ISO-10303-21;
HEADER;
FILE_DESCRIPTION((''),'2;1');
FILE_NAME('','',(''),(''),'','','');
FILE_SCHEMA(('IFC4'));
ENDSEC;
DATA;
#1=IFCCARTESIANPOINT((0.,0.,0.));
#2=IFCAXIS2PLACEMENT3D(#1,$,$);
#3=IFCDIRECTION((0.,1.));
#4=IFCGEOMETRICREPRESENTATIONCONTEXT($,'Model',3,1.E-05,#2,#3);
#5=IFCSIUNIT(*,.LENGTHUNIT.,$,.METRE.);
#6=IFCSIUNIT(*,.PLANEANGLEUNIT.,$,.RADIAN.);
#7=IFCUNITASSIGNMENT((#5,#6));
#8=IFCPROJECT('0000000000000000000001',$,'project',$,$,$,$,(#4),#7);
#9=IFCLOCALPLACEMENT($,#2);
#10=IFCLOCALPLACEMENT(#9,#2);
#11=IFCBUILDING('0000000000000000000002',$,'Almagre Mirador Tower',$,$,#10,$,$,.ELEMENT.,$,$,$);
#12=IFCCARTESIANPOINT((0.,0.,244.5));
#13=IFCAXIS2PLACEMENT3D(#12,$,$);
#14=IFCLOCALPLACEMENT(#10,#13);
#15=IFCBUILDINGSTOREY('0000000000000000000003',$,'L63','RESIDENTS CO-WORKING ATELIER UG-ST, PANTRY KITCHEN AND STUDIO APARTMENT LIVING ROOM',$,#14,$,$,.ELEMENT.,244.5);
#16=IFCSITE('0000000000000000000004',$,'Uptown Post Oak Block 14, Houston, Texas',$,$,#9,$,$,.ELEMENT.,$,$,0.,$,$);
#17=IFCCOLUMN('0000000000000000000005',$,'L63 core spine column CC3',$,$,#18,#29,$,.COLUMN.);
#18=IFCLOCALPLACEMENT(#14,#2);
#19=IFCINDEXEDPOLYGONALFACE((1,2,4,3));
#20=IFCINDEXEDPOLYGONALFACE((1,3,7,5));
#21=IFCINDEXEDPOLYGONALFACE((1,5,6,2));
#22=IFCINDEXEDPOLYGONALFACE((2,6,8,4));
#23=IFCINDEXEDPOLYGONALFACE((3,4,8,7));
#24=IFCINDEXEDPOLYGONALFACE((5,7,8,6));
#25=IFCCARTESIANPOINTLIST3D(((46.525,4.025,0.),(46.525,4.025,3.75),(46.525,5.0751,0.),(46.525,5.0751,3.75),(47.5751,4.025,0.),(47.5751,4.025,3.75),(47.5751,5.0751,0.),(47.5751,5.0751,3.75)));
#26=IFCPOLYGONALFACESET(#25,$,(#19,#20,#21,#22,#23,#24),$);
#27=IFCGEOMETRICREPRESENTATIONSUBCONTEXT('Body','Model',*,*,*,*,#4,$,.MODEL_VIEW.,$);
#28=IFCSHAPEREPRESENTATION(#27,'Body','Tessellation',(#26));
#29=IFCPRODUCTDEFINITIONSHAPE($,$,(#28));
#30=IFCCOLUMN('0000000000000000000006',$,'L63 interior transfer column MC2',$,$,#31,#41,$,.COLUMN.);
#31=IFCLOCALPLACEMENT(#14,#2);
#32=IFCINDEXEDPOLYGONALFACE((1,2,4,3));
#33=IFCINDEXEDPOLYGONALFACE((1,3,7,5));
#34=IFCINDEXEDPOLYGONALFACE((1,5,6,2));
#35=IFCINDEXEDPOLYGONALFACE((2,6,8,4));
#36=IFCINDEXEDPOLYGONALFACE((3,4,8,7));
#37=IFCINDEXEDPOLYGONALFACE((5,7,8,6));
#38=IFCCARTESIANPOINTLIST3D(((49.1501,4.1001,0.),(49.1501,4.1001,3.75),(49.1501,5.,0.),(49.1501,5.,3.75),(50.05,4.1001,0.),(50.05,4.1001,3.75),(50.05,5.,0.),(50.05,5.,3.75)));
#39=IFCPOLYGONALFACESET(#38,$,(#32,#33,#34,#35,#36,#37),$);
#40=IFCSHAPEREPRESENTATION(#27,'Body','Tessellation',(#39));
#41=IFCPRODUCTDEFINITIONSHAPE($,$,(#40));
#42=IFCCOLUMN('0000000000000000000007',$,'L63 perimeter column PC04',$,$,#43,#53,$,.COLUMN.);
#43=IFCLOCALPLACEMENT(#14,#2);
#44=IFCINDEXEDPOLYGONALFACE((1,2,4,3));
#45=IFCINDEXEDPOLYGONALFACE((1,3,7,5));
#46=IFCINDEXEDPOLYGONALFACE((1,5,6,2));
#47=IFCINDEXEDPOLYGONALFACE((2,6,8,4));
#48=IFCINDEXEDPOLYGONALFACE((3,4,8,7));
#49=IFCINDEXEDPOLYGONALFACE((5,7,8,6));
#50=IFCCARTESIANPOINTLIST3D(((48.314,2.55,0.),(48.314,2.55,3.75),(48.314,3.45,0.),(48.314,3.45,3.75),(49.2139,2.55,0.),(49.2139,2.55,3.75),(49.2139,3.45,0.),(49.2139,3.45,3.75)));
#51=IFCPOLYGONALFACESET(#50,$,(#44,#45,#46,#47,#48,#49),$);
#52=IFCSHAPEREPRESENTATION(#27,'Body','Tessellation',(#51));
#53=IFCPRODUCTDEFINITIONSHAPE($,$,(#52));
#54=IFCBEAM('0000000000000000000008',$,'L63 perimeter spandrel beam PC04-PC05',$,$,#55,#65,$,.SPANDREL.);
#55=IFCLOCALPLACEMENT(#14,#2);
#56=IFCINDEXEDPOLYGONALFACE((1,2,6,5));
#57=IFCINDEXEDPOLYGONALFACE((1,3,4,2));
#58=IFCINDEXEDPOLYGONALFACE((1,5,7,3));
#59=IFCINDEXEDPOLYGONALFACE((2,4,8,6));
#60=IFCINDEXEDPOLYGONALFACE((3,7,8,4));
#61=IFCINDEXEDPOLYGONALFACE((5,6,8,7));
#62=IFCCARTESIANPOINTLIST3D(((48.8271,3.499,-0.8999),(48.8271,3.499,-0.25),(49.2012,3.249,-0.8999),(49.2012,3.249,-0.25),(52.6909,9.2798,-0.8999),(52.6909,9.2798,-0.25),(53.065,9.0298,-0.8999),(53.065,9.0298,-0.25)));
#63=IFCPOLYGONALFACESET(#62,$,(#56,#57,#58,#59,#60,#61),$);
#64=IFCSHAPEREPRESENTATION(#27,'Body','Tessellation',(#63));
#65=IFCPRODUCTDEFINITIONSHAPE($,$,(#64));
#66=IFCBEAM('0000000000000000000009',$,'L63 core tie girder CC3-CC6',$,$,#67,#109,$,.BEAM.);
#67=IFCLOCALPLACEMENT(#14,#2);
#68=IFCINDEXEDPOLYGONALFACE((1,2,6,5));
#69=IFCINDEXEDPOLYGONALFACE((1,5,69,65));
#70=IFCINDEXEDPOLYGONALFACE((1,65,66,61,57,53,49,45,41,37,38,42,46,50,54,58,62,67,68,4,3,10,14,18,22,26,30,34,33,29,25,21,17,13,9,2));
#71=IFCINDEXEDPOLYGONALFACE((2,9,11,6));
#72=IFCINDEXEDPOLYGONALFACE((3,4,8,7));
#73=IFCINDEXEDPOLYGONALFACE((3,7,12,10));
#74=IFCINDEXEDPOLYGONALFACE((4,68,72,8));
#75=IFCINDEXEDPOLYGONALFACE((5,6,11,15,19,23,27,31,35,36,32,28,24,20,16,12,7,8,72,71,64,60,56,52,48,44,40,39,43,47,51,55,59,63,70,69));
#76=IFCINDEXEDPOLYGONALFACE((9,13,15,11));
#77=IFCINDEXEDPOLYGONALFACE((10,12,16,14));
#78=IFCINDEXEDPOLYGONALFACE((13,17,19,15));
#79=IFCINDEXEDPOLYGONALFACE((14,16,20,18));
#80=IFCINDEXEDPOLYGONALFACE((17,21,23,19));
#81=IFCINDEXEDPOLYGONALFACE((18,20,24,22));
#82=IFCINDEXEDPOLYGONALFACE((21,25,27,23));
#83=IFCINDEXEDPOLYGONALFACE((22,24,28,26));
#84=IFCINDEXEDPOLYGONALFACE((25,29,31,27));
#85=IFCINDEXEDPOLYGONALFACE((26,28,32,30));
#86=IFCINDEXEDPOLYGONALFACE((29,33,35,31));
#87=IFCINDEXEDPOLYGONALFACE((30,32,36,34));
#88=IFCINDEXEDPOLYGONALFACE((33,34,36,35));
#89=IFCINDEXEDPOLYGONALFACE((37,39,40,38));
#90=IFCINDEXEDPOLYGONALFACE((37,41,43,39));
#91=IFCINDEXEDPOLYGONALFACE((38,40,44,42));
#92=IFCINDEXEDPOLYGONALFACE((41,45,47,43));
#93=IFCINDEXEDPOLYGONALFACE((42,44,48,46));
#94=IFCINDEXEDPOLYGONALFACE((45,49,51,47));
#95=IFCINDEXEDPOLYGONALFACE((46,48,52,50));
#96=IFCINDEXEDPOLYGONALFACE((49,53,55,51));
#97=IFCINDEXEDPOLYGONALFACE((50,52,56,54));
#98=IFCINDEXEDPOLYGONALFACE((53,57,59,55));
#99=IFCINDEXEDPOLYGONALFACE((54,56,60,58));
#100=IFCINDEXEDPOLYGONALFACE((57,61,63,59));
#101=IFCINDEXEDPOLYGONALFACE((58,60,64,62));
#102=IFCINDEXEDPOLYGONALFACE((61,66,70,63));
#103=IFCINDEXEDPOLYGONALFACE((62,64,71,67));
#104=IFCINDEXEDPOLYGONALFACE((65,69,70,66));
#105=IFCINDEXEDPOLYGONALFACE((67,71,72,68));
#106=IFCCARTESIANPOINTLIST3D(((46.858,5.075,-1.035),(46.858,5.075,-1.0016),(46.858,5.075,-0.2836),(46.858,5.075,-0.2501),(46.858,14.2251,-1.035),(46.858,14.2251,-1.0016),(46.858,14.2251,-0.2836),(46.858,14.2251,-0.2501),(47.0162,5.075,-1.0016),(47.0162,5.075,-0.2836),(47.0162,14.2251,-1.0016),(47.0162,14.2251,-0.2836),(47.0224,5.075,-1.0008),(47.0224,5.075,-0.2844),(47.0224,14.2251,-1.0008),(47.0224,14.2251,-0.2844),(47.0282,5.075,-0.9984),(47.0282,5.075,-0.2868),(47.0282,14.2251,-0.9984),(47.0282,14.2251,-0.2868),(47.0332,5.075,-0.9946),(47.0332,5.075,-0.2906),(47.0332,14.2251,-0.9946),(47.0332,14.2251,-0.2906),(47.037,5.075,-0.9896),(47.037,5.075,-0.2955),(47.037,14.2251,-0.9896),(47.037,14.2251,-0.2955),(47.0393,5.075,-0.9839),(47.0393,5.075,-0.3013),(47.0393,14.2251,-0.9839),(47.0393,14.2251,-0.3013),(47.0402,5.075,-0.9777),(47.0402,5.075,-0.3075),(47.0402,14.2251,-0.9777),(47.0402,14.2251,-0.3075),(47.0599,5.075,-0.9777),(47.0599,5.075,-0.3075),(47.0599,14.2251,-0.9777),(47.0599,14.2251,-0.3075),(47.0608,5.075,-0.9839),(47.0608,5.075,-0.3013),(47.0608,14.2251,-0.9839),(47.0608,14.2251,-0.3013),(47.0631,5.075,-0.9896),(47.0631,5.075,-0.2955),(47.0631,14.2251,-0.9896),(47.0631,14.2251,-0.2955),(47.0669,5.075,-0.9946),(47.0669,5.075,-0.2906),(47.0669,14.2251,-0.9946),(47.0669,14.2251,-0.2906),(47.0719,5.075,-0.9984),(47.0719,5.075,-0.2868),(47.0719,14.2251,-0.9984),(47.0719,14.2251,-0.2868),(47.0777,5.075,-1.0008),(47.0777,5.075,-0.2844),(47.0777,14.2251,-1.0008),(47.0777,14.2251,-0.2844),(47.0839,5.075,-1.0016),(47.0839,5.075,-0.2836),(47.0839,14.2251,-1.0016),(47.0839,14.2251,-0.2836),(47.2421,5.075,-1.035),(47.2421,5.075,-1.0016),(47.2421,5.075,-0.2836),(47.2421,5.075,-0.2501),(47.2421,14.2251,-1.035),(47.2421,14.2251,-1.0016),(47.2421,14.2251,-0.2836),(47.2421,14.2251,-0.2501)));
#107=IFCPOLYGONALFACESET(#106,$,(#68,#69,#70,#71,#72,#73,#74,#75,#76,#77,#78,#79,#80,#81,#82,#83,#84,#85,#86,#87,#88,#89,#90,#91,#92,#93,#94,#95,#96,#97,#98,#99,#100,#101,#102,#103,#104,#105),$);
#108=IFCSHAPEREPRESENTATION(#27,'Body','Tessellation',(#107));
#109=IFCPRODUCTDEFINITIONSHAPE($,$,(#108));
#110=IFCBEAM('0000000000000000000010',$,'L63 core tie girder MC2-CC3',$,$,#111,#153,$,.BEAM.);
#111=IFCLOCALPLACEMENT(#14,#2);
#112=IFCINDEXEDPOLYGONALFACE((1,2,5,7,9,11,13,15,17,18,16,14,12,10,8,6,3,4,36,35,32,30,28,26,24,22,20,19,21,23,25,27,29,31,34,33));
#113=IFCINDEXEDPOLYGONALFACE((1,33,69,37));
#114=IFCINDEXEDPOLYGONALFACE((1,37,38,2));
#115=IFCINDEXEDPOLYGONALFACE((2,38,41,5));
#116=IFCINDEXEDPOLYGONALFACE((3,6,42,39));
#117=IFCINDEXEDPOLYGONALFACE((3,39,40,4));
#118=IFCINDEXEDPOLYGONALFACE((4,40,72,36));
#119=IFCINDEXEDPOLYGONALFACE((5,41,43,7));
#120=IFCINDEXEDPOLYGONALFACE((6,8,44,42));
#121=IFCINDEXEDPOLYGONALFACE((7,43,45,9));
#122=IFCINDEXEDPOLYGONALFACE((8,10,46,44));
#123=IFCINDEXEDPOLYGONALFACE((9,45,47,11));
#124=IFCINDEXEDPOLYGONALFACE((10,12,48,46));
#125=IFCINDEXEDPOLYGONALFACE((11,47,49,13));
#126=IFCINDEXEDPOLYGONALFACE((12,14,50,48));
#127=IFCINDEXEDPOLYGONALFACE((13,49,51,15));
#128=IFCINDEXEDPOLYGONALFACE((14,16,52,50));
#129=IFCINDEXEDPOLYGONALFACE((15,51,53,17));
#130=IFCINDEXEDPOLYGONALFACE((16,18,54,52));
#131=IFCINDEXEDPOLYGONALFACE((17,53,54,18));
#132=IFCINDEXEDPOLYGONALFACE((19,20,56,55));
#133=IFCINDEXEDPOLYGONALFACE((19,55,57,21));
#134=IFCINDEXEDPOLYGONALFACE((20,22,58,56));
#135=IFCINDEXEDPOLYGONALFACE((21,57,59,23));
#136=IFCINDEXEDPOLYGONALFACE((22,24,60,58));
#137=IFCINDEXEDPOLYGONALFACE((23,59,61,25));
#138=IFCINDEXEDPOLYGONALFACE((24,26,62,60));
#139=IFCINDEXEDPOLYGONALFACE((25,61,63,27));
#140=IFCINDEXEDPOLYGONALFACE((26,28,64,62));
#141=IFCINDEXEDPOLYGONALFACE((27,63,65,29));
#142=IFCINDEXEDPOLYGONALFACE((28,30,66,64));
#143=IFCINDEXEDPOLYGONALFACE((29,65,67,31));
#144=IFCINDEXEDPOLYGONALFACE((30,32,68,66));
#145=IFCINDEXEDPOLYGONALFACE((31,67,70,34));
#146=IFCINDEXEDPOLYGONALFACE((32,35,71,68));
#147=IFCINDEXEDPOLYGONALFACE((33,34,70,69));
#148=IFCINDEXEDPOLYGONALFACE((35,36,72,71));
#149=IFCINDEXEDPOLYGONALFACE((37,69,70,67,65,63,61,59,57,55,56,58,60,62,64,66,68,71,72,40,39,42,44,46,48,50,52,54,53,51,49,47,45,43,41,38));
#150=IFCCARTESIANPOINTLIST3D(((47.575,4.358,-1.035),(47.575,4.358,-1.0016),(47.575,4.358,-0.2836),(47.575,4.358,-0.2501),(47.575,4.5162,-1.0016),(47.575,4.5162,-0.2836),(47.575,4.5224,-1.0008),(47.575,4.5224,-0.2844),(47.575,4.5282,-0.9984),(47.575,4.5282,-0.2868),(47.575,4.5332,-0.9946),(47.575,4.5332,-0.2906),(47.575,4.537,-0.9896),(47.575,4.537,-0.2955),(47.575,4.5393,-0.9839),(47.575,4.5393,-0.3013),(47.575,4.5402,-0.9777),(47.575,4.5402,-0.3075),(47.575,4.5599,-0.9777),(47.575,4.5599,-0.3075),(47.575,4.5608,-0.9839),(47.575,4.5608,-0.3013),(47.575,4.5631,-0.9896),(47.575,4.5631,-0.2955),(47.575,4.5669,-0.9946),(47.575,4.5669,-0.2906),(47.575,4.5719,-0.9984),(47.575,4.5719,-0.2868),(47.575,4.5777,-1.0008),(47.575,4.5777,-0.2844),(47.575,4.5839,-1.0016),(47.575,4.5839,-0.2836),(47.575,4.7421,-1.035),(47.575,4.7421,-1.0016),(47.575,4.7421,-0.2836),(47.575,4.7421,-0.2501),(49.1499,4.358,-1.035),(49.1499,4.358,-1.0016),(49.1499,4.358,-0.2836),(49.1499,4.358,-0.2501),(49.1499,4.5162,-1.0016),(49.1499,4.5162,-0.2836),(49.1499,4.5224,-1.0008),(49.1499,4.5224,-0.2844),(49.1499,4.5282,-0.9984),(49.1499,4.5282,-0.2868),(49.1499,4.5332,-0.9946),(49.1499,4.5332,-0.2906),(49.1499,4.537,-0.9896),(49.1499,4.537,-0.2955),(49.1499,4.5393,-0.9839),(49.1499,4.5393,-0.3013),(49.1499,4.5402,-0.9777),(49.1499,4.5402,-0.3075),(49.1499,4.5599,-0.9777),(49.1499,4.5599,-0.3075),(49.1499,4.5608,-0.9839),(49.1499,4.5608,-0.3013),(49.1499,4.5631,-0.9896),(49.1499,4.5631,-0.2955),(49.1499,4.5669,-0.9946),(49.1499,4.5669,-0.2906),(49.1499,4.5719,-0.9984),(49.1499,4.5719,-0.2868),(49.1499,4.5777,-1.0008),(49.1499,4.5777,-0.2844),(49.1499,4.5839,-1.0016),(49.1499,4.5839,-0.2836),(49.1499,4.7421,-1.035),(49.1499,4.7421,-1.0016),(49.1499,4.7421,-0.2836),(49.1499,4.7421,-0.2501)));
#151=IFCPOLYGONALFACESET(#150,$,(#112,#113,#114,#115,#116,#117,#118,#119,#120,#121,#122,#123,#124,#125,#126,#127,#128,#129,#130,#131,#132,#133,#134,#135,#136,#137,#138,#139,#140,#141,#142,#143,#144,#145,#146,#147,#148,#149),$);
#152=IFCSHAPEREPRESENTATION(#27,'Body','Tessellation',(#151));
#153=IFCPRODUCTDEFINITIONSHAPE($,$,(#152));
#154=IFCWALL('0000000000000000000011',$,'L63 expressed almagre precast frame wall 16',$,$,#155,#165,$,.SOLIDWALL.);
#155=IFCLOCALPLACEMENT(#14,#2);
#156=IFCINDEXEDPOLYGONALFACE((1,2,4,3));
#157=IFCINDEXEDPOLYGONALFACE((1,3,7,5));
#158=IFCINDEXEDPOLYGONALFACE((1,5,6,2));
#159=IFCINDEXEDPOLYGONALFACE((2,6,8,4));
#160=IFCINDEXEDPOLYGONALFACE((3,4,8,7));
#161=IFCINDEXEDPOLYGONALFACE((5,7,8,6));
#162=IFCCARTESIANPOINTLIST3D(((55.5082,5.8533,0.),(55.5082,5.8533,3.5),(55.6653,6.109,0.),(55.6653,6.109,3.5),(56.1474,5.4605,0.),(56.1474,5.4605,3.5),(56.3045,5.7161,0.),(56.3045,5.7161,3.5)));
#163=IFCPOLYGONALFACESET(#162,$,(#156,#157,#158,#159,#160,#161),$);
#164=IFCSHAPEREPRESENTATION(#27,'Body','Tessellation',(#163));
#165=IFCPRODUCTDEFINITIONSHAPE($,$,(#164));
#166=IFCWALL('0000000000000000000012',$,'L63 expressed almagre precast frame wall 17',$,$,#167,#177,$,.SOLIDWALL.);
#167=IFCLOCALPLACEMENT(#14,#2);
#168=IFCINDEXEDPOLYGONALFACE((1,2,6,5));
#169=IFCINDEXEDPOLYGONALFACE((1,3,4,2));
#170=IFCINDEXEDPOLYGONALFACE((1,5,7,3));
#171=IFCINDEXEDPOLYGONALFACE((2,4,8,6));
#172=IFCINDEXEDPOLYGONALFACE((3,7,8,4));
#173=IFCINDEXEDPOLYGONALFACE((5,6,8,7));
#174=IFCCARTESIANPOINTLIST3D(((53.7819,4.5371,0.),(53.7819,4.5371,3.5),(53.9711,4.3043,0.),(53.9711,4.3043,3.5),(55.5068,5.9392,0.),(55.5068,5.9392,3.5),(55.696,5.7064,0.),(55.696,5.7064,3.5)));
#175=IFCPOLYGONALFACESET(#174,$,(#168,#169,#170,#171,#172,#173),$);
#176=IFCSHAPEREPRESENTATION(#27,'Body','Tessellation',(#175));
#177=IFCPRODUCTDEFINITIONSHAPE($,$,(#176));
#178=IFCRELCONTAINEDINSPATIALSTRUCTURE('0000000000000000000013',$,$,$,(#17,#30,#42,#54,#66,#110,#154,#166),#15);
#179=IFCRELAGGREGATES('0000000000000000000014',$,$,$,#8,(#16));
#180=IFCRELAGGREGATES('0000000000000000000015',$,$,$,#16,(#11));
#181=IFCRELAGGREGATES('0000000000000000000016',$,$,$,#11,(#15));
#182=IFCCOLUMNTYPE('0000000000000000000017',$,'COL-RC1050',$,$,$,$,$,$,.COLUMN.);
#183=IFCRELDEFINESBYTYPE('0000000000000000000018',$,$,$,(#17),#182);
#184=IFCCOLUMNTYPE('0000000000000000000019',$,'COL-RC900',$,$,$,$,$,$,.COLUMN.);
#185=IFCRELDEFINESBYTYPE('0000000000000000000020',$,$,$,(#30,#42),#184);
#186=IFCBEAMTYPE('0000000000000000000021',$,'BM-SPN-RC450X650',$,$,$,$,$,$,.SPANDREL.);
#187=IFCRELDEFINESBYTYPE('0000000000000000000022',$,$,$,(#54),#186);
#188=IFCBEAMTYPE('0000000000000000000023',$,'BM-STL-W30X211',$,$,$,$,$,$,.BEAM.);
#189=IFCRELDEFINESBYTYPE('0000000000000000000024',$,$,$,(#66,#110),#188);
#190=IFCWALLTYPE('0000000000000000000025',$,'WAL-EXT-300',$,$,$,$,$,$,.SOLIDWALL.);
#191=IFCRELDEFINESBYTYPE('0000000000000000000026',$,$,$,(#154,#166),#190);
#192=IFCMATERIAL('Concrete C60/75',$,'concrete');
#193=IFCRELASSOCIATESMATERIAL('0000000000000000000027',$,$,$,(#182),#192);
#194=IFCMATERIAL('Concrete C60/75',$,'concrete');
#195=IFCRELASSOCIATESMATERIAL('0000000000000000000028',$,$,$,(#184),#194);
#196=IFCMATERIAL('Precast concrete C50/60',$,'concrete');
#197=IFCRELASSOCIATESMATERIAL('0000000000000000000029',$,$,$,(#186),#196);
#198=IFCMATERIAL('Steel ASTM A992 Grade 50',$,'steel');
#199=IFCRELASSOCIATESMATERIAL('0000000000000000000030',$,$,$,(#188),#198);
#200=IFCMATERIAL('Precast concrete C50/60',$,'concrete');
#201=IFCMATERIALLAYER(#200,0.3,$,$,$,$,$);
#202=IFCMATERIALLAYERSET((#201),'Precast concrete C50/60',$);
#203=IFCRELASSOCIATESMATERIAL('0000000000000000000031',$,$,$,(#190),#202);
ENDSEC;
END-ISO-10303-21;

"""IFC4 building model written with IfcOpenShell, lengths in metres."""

from ifc_helpers import new_model, si_unit, direction, frame, frame_2d, origin, origin_2d, place, context, subcontext, project, spatial, rectangle, i_section, extrude, material, layer, layer_set, material_profile, profile_set, type_object, element, save


model = new_model("IFC4")

# Units and contexts
model_context = context("Model", 3, precision=1e-05, world=origin(), true_north=direction((0.0, 1.0)))
body_context = subcontext(model_context, "Body", "Model", "MODEL_VIEW")
ifc_project = project(units=[si_unit("LENGTHUNIT", "METRE"), si_unit("PLANEANGLEUNIT", "RADIAN")], contexts=[model_context])

# Site, building, storey
site_placement = place(None, origin())
site = spatial("IfcSite", under=ifc_project, at=site_placement, Name="Uptown Post Oak Block 14, Houston, Texas", CompositionType="ELEMENT", RefElevation=0.0)
building_placement = place(site_placement, origin())
building = spatial("IfcBuilding", under=site, at=building_placement, Name="Almagre Mirador Tower", CompositionType="ELEMENT")
storey_placement = place(building_placement, frame((0.0, 0.0, 244.5)))
storey = spatial("IfcBuildingStorey", under=building, at=storey_placement, Name="L63", Description="RESIDENTS CO-WORKING ATELIER UG-ST, PANTRY KITCHEN AND STUDIO APARTMENT LIVING ROOM", CompositionType="ELEMENT", Elevation=244.5)

# Columns
ifc_material_1 = material(Name="Concrete C60/75", Category="concrete")
ifc_material_profile_1 = material_profile(ifc_material_1, rectangle(XDim=1.05, YDim=1.05, at=origin_2d()), Name="RC1050X1050")
ifc_profile_set_1 = profile_set([ifc_material_profile_1], Name="Concrete C60/75")
column_type_1 = type_object("IfcColumnType", Name="COL-RC1050", PredefinedType="COLUMN", material=ifc_profile_set_1)
column_placement = place(storey_placement, frame((47.05, 4.55, 0.0), z_axis=(0.0, 0.0, 1.0), x_axis=(1.0, 0.0, 0.0)))
element("IfcColumn", 1, at=column_placement, inside=storey, type_object=column_type_1, Name="L63 core spine column CC3", PredefinedType="COLUMN", context=body_context, shape_type="SweptSolid", body=[
    extrude(rectangle(XDim=1.05, YDim=1.05, at=origin_2d()), origin(), (0.0, 0.0, 1.0), 3.75),
])
ifc_material_2 = material(Name="Concrete C60/75", Category="concrete")
ifc_material_profile_2 = material_profile(ifc_material_2, rectangle(XDim=0.8999, YDim=0.8999, at=origin_2d()), Name="RC900X900")
ifc_profile_set_2 = profile_set([ifc_material_profile_2], Name="Concrete C60/75")
column_type_2 = type_object("IfcColumnType", Name="COL-RC900", PredefinedType="COLUMN", material=ifc_profile_set_2)
for number, where, z_axis, x_axis, name in (
    (2, (49.6001, 4.55, 0.0), (0.0, 0.0, 1.0), (1.0, 0.0, 0.0), "L63 interior transfer column MC2"),
    (3, (48.7639, 3.0, 0.0), (0.0, 0.0, 1.0), (1.0, 0.0, 0.0), "L63 perimeter column PC04"),
):
    element("IfcColumn", number, at=place(storey_placement, frame(where, z_axis=z_axis, x_axis=x_axis)), inside=storey, type_object=column_type_2, Name=name, PredefinedType="COLUMN", context=body_context, shape_type="SweptSolid", body=[
        extrude(rectangle(XDim=0.8999, YDim=0.8999, at=origin_2d()), origin(), (0.0, 0.0, 1.0), 3.75),
    ])

# Beams
ifc_material_3 = material(Name="Precast concrete C50/60", Category="concrete")
ifc_material_profile_3 = material_profile(ifc_material_3, rectangle(XDim=0.45, YDim=0.6499, at=origin_2d()), Name="RC450X650")
ifc_profile_set_3 = profile_set([ifc_material_profile_3], Name="Precast concrete C50/60")
beam_type_1 = type_object("IfcBeamType", Name="BM-SPN-RC450X650", PredefinedType="SPANDREL", material=ifc_profile_set_3)
beam_1_placement = place(storey_placement, frame((49.0142, 3.374, -0.575), z_axis=(0.555688, 0.831391, 0.0), x_axis=(-0.831391, 0.555688, 0.0)))
element("IfcBeam", 4, at=beam_1_placement, inside=storey, type_object=beam_type_1, Name="L63 perimeter spandrel beam PC04-PC05", PredefinedType="SPANDREL", context=body_context, shape_type="SweptSolid", body=[
    extrude(rectangle(XDim=0.45, YDim=0.6499, at=origin_2d()), origin(), (0.0, 0.0, 1.0), 6.9531),
])
ifc_material_4 = material(Name="Steel ASTM A992 Grade 50", Category="steel")
ifc_material_profile_4 = material_profile(ifc_material_4, i_section(OverallWidth=0.384, OverallDepth=0.7849, WebThickness=0.0198, FlangeThickness=0.0334, FilletRadius=0.0239, at=origin_2d()), Name="W30X211")
ifc_profile_set_4 = profile_set([ifc_material_profile_4], Name="Steel ASTM A992 Grade 50")
beam_type_2 = type_object("IfcBeamType", Name="BM-STL-W30X211", PredefinedType="BEAM", material=ifc_profile_set_4)
beam_2_placement = place(storey_placement, frame((47.05, 5.075, -0.6426), z_axis=(0.0, 1.0, 0.0), x_axis=(-1.0, 0.0, 0.0)))
element("IfcBeam", 5, at=beam_2_placement, inside=storey, type_object=beam_type_2, Name="L63 core tie girder CC3-CC6", PredefinedType="BEAM", context=body_context, shape_type="SweptSolid", body=[
    extrude(i_section(OverallWidth=0.384, OverallDepth=0.7849, WebThickness=0.0198, FlangeThickness=0.0334, FilletRadius=0.0239, at=origin_2d()), origin(), (0.0, 0.0, 1.0), 9.1501),
])
beam_3_placement = place(storey_placement, frame((49.1499, 4.55, -0.6426), z_axis=(-1.0, 0.0, 0.0), x_axis=(0.0, -1.0, 0.0)))
element("IfcBeam", 6, at=beam_3_placement, inside=storey, type_object=beam_type_2, Name="L63 core tie girder MC2-CC3", PredefinedType="BEAM", context=body_context, shape_type="SweptSolid", body=[
    extrude(i_section(OverallWidth=0.384, OverallDepth=0.7849, WebThickness=0.0198, FlangeThickness=0.0334, FilletRadius=0.0239, at=origin_2d()), origin(), (0.0, 0.0, 1.0), 1.575),
])

# Walls
ifc_material_5 = material(Name="Precast concrete C50/60", Category="concrete")
ifc_layer_1 = layer(ifc_material_5, 0.3)
ifc_layer_set_1 = layer_set([ifc_layer_1], Name="Precast concrete C50/60")
wall_type_1 = type_object("IfcWallType", Name="WAL-EXT-300", PredefinedType="SOLIDWALL", material=ifc_layer_set_1)
wall_1_placement = place(storey_placement, frame((56.2258, 5.5884, 0.0), z_axis=(0.0, 0.0, 1.0), x_axis=(-0.85196, 0.523607, 0.0)))
element("IfcWall", 7, at=wall_1_placement, inside=storey, type_object=wall_type_1, Name="L63 expressed almagre precast frame wall 16", PredefinedType="SOLIDWALL", context=body_context, shape_type="SweptSolid", body=[
    extrude(rectangle(XDim=0.7502, YDim=0.3, at=frame_2d((0.375, 0.0))), origin(), (0.0, 0.0, 1.0), 3.5),
])
wall_2_placement = place(storey_placement, frame((55.6013, 5.8228, 0.0), z_axis=(0.0, 0.0, 1.0), x_axis=(-0.77597, -0.63077, 0.0)))
element("IfcWall", 8, at=wall_2_placement, inside=storey, type_object=wall_type_1, Name="L63 expressed almagre precast frame wall 17", PredefinedType="SOLIDWALL", context=body_context, shape_type="SweptSolid", body=[
    extrude(rectangle(XDim=2.2229, YDim=0.3, at=frame_2d((1.1113, 0.0))), origin(), (0.0, 0.0, 1.0), 3.5),
])

save(model, "model.ifc")
